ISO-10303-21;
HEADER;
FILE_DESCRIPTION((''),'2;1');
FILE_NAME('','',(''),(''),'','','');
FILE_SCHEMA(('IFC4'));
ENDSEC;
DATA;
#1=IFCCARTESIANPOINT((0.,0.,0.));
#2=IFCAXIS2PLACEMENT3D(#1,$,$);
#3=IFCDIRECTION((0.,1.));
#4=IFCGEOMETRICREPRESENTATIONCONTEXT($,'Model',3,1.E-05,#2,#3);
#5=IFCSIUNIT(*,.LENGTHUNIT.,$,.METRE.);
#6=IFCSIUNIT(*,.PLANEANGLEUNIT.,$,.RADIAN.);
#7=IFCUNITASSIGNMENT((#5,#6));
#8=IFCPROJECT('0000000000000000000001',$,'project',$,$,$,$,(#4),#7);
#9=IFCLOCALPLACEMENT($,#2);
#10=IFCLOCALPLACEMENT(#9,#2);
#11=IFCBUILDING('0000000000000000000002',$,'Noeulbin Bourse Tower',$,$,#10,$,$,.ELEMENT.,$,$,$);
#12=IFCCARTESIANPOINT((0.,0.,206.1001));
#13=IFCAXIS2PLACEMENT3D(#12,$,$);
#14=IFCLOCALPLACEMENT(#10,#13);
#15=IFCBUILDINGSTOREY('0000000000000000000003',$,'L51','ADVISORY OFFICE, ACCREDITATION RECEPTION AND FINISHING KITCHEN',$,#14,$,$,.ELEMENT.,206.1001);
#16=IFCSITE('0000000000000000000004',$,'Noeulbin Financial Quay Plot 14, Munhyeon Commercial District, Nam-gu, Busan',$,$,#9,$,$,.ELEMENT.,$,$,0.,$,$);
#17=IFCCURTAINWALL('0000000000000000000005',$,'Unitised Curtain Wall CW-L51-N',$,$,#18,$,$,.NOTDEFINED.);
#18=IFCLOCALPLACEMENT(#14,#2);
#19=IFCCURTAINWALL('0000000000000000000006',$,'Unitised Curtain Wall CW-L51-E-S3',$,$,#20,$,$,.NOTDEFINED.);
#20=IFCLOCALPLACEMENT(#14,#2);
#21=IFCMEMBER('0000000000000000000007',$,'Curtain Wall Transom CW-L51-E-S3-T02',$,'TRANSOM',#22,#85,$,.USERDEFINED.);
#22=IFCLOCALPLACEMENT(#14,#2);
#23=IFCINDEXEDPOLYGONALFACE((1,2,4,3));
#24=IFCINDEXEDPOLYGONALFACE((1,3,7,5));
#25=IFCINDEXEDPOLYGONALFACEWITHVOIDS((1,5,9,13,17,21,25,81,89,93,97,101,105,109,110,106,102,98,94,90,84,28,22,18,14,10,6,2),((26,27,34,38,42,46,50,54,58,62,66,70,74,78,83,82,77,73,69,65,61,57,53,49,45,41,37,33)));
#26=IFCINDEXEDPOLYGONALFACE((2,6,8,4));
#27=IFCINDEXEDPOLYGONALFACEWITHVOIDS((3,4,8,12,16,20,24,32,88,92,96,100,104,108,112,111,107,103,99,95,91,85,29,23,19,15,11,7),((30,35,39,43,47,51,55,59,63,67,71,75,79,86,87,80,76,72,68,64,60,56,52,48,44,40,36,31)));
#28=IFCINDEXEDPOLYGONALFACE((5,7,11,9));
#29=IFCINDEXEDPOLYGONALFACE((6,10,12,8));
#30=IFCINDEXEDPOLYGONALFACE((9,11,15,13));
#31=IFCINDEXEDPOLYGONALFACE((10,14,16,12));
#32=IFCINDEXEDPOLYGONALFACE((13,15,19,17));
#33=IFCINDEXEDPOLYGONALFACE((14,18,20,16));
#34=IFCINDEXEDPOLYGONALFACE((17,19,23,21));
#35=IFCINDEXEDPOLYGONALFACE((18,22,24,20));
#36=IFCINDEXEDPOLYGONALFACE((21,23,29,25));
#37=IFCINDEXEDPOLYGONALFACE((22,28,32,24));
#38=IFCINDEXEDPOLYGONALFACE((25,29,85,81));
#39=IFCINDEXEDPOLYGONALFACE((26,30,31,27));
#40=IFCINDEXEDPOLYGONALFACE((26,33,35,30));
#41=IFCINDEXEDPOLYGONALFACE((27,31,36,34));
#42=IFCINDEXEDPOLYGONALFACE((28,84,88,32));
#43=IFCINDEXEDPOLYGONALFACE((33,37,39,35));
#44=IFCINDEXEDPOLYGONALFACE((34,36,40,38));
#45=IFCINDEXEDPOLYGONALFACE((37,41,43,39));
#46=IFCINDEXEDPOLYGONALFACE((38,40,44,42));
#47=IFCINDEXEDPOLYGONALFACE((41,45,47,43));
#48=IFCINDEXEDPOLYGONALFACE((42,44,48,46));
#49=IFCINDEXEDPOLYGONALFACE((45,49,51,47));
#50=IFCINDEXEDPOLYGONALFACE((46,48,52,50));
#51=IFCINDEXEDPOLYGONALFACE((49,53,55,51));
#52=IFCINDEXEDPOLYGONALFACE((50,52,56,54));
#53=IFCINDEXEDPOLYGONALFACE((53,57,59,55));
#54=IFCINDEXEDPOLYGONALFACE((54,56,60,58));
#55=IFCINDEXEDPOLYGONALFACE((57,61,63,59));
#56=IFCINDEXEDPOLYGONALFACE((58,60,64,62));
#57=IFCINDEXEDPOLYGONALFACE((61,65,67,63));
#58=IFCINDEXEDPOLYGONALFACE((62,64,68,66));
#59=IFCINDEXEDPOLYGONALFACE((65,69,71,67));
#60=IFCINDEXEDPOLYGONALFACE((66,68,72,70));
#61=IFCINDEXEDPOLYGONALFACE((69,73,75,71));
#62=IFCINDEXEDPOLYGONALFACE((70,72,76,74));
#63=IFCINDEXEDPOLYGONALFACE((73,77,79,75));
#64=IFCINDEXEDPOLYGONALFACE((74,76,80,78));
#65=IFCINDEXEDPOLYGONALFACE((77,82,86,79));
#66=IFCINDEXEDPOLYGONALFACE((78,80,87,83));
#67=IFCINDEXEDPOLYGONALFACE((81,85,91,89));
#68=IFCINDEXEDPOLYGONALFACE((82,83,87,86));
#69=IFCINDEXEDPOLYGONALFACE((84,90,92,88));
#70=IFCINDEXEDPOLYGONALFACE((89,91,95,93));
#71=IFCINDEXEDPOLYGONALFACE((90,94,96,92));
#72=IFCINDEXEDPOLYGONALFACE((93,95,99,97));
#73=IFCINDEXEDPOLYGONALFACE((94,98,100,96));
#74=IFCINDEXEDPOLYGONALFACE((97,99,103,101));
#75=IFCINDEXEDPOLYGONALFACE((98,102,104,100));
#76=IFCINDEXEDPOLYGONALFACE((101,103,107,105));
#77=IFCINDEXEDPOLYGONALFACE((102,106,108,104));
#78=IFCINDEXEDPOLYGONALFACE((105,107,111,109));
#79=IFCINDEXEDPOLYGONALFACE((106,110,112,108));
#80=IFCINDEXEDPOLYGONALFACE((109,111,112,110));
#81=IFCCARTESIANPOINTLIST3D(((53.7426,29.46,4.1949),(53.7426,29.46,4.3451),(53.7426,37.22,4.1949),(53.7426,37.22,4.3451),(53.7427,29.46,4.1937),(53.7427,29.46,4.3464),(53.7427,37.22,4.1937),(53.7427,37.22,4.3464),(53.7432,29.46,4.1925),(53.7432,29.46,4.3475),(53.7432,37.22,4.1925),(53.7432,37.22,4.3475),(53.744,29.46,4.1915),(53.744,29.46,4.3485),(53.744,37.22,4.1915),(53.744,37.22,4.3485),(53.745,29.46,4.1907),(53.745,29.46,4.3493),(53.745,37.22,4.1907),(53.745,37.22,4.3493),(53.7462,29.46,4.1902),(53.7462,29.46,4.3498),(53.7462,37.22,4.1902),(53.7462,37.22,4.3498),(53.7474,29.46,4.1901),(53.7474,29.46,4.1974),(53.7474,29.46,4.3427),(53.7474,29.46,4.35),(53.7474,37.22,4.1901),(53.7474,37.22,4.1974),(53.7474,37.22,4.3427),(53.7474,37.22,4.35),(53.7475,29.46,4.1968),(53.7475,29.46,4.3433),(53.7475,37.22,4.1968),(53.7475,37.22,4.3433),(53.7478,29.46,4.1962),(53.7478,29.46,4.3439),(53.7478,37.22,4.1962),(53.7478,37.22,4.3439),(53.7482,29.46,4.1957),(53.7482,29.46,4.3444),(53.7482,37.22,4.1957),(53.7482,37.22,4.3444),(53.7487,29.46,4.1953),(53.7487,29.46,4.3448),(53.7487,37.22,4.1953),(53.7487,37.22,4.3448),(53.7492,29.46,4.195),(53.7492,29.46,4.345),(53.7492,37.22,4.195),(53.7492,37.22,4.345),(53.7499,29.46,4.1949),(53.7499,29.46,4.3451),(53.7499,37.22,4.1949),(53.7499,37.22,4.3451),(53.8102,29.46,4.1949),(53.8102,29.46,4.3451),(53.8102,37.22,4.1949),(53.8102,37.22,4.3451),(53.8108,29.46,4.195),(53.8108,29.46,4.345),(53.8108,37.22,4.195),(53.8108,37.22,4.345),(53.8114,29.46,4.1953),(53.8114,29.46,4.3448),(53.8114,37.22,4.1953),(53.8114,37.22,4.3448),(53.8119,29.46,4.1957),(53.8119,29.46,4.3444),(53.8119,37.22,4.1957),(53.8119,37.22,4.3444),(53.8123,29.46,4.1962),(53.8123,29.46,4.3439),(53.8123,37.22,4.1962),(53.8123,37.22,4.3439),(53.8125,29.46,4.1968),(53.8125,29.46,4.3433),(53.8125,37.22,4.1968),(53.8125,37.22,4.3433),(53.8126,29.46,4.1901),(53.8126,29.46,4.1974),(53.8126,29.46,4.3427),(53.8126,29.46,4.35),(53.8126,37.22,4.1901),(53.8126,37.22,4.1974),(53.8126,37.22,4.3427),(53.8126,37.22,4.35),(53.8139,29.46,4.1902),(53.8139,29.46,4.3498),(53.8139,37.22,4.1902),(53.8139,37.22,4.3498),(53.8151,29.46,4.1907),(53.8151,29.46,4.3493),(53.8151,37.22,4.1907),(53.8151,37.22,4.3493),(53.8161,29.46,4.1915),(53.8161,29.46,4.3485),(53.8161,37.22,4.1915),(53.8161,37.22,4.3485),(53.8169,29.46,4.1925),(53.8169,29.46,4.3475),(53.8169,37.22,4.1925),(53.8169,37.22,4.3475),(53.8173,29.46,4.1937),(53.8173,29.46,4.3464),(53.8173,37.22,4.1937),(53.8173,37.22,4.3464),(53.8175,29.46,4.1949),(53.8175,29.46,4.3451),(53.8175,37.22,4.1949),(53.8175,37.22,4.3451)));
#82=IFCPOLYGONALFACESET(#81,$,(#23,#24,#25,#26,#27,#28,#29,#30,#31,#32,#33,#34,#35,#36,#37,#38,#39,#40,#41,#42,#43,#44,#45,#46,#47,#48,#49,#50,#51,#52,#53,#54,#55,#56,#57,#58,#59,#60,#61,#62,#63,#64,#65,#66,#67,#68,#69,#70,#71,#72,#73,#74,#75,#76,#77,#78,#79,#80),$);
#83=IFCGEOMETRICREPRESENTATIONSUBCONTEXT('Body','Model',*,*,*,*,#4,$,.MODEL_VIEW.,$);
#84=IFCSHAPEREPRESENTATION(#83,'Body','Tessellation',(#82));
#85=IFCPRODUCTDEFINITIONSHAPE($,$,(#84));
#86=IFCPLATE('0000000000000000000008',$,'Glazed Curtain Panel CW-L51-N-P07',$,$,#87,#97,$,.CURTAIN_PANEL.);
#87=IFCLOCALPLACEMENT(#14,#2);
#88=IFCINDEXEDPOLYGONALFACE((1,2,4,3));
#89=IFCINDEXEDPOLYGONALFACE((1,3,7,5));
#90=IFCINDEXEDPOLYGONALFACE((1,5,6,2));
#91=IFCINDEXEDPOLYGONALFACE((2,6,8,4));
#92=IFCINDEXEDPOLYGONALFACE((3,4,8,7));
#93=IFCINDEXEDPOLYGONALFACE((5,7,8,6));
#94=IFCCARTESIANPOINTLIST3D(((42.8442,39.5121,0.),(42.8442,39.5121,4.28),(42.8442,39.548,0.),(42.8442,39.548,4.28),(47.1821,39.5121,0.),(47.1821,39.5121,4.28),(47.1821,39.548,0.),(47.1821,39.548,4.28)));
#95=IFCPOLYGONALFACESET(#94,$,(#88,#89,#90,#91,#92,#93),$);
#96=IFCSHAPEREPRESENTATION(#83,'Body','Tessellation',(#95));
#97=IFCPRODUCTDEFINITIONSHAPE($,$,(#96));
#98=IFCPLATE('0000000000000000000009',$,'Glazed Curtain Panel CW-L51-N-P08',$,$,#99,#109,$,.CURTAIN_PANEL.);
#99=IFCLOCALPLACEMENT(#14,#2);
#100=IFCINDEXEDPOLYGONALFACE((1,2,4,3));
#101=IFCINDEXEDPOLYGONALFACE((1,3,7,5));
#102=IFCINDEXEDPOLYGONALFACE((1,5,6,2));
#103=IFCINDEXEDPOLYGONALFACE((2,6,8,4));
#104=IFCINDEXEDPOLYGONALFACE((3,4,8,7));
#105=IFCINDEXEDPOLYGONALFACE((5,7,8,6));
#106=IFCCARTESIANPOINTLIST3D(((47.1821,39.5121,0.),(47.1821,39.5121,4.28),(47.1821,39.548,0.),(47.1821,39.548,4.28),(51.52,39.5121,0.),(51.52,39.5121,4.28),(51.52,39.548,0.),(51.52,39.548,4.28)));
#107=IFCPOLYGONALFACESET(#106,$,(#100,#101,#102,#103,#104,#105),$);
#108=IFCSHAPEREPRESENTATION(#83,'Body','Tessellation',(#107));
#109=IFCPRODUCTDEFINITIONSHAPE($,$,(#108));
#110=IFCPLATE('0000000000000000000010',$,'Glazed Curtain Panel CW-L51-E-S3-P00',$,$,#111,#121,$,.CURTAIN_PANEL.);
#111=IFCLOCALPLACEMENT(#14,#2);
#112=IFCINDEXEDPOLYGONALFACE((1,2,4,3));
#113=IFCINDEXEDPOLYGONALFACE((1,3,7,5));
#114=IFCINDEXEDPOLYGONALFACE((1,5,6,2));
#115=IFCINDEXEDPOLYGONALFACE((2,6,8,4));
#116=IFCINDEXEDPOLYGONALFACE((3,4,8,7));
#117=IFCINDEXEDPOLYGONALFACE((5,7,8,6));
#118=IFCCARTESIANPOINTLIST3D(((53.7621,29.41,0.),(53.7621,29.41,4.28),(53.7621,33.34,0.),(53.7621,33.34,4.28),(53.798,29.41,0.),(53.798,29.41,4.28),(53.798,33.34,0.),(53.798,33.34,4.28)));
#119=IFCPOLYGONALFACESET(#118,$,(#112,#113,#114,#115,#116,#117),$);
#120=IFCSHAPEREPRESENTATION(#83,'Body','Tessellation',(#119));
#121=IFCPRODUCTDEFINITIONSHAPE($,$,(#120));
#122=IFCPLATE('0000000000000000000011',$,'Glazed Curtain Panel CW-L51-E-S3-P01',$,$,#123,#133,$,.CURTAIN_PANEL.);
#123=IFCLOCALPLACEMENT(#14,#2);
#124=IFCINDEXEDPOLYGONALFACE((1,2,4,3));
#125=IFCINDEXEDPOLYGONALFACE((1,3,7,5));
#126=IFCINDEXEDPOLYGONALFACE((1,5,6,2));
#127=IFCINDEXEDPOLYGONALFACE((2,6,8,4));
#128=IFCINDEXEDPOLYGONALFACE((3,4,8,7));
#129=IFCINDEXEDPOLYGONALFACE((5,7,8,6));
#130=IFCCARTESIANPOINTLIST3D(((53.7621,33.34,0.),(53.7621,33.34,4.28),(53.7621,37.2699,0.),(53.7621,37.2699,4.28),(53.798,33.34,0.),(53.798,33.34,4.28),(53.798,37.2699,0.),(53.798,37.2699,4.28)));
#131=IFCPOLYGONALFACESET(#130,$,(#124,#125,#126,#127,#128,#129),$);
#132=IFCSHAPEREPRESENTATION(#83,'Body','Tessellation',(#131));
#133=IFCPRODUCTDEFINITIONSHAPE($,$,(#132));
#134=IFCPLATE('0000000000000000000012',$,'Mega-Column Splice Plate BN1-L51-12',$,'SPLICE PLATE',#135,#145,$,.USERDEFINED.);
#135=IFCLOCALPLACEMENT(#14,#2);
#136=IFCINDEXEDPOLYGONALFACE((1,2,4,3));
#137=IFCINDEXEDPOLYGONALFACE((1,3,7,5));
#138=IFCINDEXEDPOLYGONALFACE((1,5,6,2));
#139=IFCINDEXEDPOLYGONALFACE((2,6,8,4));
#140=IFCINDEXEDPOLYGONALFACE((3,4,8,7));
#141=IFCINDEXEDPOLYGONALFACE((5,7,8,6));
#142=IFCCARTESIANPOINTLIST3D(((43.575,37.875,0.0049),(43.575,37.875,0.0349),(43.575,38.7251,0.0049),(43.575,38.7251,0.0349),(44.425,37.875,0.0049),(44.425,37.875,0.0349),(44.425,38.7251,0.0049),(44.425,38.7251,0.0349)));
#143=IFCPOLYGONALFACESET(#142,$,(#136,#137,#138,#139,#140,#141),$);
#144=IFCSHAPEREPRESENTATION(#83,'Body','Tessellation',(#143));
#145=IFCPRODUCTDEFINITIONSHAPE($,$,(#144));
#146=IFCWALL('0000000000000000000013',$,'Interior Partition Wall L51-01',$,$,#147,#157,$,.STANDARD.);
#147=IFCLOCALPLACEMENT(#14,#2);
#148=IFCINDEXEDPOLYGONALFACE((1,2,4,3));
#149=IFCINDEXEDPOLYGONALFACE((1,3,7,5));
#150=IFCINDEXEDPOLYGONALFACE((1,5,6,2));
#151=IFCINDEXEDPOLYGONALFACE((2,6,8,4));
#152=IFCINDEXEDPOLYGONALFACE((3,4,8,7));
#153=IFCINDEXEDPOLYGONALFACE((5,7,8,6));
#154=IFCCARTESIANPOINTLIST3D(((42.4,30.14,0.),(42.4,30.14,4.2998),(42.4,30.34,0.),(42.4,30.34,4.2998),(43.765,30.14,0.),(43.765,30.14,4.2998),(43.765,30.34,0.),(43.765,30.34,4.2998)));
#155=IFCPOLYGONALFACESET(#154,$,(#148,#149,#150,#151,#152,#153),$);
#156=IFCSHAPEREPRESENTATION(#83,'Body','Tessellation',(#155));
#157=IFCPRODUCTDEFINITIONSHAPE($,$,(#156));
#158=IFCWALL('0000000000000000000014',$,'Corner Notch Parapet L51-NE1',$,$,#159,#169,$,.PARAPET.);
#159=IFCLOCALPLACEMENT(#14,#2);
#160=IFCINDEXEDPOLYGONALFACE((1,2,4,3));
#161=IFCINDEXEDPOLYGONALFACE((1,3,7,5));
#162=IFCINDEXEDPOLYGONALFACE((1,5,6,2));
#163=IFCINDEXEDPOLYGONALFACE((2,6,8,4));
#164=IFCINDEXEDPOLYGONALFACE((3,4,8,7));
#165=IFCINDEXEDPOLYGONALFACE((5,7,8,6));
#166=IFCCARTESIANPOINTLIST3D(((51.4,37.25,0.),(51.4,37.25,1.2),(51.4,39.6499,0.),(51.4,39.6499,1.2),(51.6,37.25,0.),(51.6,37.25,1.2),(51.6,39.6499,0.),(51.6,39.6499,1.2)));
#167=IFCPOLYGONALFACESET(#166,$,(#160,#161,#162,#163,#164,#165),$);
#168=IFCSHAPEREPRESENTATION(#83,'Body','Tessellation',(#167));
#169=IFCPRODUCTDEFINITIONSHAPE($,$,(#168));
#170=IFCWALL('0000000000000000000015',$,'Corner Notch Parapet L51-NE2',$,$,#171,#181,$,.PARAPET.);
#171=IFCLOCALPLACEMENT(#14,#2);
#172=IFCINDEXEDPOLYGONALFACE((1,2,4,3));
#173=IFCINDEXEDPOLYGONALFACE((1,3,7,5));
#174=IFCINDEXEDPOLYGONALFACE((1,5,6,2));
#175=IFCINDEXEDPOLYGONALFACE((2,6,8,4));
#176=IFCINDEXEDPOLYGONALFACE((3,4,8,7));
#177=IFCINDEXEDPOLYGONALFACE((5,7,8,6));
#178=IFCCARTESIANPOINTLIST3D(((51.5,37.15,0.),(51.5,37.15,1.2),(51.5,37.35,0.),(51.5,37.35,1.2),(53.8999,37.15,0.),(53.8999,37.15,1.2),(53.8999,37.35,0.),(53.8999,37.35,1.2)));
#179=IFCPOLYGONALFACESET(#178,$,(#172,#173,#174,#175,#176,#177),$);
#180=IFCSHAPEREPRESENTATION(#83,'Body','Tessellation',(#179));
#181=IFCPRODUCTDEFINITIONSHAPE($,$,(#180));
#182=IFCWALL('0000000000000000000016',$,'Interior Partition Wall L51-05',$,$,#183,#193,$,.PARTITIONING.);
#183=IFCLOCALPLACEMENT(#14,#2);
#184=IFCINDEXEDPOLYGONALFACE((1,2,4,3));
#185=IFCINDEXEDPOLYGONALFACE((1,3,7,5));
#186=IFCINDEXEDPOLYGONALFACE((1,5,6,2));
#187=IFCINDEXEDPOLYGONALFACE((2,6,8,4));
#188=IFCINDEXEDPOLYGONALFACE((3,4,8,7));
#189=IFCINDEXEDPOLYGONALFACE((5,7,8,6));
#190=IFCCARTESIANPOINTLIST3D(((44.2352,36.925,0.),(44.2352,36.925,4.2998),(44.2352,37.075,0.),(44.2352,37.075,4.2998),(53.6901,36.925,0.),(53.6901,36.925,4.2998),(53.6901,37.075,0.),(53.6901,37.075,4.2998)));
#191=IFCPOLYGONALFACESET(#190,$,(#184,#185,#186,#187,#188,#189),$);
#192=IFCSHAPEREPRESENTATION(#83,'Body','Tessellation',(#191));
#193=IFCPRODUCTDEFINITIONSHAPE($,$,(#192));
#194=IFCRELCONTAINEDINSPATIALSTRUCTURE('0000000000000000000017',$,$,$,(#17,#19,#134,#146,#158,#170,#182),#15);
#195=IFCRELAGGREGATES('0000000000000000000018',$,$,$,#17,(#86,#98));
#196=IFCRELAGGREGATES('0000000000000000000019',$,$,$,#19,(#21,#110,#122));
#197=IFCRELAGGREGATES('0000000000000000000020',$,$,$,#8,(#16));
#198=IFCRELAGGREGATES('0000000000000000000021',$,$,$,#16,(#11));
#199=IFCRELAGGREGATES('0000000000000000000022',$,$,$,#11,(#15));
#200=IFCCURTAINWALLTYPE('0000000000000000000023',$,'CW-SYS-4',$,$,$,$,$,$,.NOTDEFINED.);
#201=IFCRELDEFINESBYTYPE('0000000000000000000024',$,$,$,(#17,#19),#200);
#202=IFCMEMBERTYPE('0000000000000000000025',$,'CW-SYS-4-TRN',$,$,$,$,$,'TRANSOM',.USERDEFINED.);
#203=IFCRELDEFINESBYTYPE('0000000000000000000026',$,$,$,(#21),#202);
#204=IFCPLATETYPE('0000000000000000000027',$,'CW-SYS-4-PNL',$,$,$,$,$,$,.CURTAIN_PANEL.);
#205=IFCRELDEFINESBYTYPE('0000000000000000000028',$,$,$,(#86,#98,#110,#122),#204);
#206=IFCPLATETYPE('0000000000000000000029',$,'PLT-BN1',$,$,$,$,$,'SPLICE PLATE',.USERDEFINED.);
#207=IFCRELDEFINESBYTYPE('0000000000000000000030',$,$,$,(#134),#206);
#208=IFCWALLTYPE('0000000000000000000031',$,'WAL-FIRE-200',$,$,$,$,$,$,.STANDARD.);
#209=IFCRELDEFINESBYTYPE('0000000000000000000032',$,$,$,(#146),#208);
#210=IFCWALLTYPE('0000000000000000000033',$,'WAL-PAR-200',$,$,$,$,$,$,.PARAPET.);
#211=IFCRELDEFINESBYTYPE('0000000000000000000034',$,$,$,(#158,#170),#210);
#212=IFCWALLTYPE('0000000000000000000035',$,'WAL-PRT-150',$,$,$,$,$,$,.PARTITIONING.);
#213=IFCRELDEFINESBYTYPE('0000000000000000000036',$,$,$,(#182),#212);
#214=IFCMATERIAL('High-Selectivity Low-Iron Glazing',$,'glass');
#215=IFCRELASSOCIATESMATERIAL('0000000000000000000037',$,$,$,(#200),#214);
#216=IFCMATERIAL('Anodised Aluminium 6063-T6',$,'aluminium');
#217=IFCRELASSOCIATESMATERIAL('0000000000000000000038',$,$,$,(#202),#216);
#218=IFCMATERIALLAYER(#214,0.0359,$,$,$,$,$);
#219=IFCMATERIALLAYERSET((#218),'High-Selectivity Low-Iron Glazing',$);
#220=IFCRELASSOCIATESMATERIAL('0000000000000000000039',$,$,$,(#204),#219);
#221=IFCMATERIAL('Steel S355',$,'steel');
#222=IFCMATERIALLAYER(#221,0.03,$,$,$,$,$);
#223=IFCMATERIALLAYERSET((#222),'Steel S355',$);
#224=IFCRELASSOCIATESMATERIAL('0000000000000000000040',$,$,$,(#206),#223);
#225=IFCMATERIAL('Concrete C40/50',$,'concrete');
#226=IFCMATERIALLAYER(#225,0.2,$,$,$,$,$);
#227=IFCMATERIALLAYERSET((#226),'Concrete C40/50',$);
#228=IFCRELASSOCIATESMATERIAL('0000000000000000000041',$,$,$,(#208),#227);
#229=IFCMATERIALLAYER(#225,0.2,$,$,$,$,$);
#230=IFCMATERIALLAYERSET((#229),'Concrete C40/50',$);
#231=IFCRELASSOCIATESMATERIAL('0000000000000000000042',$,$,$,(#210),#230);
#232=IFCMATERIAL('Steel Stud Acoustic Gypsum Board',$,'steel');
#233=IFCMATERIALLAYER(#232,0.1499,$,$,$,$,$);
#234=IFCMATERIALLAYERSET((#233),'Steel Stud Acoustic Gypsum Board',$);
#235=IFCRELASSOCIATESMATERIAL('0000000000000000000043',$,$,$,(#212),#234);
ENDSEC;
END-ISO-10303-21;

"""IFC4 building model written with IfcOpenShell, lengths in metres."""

from ifc_helpers import new_model, si_unit, direction, frame, frame_2d, origin, origin_2d, place, context, subcontext, project, spatial, rectangle, hollow_rectangle, extrude, material, layer, layer_set, material_profile, profile_set, type_object, element, aggregate, save


model = new_model("IFC4")

# Units and contexts
model_context = context("Model", 3, precision=1e-05, world=origin(), true_north=direction((0.0, 1.0)))
body_context = subcontext(model_context, "Body", "Model", "MODEL_VIEW")
ifc_project = project(units=[si_unit("LENGTHUNIT", "METRE"), si_unit("PLANEANGLEUNIT", "RADIAN")], contexts=[model_context])

# Site, building, storey
site_placement = place(None, origin())
site = spatial("IfcSite", under=ifc_project, at=site_placement, Name="Noeulbin Financial Quay Plot 14, Munhyeon Commercial District, Nam-gu, Busan", CompositionType="ELEMENT", RefElevation=0.0)
building_placement = place(site_placement, origin())
building = spatial("IfcBuilding", under=site, at=building_placement, Name="Noeulbin Bourse Tower", CompositionType="ELEMENT")
storey_placement = place(building_placement, frame((0.0, 0.0, 206.1001)))
storey = spatial("IfcBuildingStorey", under=building, at=storey_placement, Name="L51", Description="ADVISORY OFFICE, ACCREDITATION RECEPTION AND FINISHING KITCHEN", CompositionType="ELEMENT", Elevation=206.1001)

# Shared definitions
ifc_material_1 = material(Name="Steel S355", Category="steel")

# Curtain walls, member
ifc_material_2 = material(Name="High-Selectivity Low-Iron Glazing", Category="glass")
curtain_wall_type = type_object("IfcCurtainWallType", Name="CW-SYS-4", PredefinedType="NOTDEFINED", material=ifc_material_2)
curtain_wall_1_placement = place(storey_placement, origin())
curtain_wall_1 = element("IfcCurtainWall", 1, at=curtain_wall_1_placement, inside=storey, type_object=curtain_wall_type, Name="Unitised Curtain Wall CW-L51-N", PredefinedType="NOTDEFINED")
ifc_material_3 = material(Name="Anodised Aluminium 6063-T6", Category="aluminium")
curtain_wall_2_placement = place(storey_placement, origin())
curtain_wall_2 = element("IfcCurtainWall", 2, at=curtain_wall_2_placement, inside=storey, type_object=curtain_wall_type, Name="Unitised Curtain Wall CW-L51-E-S3", PredefinedType="NOTDEFINED")
ifc_material_profile_1 = material_profile(ifc_material_3, hollow_rectangle(XDim=0.075, YDim=0.1599, WallThickness=0.0049, InnerFilletRadius=0.0024, OuterFilletRadius=0.0049, at=origin_2d()), Name="ALU-TRAN-75x160x5", Category="LoadBearing")
ifc_profile_set_1 = profile_set([ifc_material_profile_1], Name="Anodised Aluminium 6063-T6")
member_type_1 = type_object("IfcMemberType", Name="CW-SYS-4-TRN", ElementType="TRANSOM", PredefinedType="USERDEFINED", material=ifc_profile_set_1)
member_1_placement = place(storey_placement, frame((53.78, 29.46, 4.27), z_axis=(0.0, 1.0, 0.0), x_axis=(-1.0, 0.0, 0.0)))
member_1 = element("IfcMember", 3, at=member_1_placement, type_object=member_type_1, Name="Curtain Wall Transom CW-L51-E-S3-T02", ObjectType="TRANSOM", PredefinedType="USERDEFINED", context=body_context, shape_type="SweptSolid", body=[
    extrude(hollow_rectangle(XDim=0.075, YDim=0.1599, WallThickness=0.0049, InnerFilletRadius=0.0024, OuterFilletRadius=0.0049, at=origin_2d()), origin(), (0.0, 0.0, 1.0), 7.76),
])

# Plates
ifc_layer_1 = layer(ifc_material_2, 0.0359)
ifc_layer_set_1 = layer_set([ifc_layer_1], Name="High-Selectivity Low-Iron Glazing")
plate_type_1 = type_object("IfcPlateType", Name="CW-SYS-4-PNL", PredefinedType="CURTAIN_PANEL", material=ifc_layer_set_1)
plate_1_placement = place(storey_placement, frame((45.0132, 39.53, 0.0), z_axis=(0.0, 0.0, 1.0), x_axis=(1.0, 0.0, 0.0)))
plate_1 = element("IfcPlate", 4, at=plate_1_placement, type_object=plate_type_1, Name="Glazed Curtain Panel CW-L51-N-P07", PredefinedType="CURTAIN_PANEL", context=body_context, shape_type="SweptSolid", body=[
    extrude(rectangle(XDim=4.3379, YDim=0.0359, at=origin_2d()), origin(), (0.0, 0.0, 1.0), 4.28),
])
plate_2_placement = place(storey_placement, frame((49.3511, 39.53, 0.0), z_axis=(0.0, 0.0, 1.0), x_axis=(1.0, 0.0, 0.0)))
plate_2 = element("IfcPlate", 5, at=plate_2_placement, type_object=plate_type_1, Name="Glazed Curtain Panel CW-L51-N-P08", PredefinedType="CURTAIN_PANEL", context=body_context, shape_type="SweptSolid", body=[
    extrude(rectangle(XDim=4.3379, YDim=0.0359, at=origin_2d()), origin(), (0.0, 0.0, 1.0), 4.28),
])
aggregate(curtain_wall_1, [plate_1, plate_2])
plate_3_placement = place(storey_placement, frame((53.78, 31.375, 0.0), z_axis=(0.0, 0.0, 1.0), x_axis=(0.0, 1.0, 0.0)))
plate_3 = element("IfcPlate", 6, at=plate_3_placement, type_object=plate_type_1, Name="Glazed Curtain Panel CW-L51-E-S3-P00", PredefinedType="CURTAIN_PANEL", context=body_context, shape_type="SweptSolid", body=[
    extrude(rectangle(XDim=3.9299, YDim=0.0359, at=origin_2d()), origin(), (0.0, 0.0, 1.0), 4.28),
])
plate_4_placement = place(storey_placement, frame((53.78, 35.3049, 0.0), z_axis=(0.0, 0.0, 1.0), x_axis=(0.0, 1.0, 0.0)))
plate_4 = element("IfcPlate", 7, at=plate_4_placement, type_object=plate_type_1, Name="Glazed Curtain Panel CW-L51-E-S3-P01", PredefinedType="CURTAIN_PANEL", context=body_context, shape_type="SweptSolid", body=[
    extrude(rectangle(XDim=3.9299, YDim=0.0359, at=origin_2d()), origin(), (0.0, 0.0, 1.0), 4.28),
])
aggregate(curtain_wall_2, [member_1, plate_3, plate_4])
ifc_layer_2 = layer(ifc_material_1, 0.03)
ifc_layer_set_2 = layer_set([ifc_layer_2], Name="Steel S355")
plate_type_2 = type_object("IfcPlateType", Name="PLT-BN1", ElementType="SPLICE PLATE", PredefinedType="USERDEFINED", material=ifc_layer_set_2)
plate_5_placement = place(storey_placement, frame((44.0, 38.3, 0.0049), z_axis=(0.0, 0.0, 1.0), x_axis=(1.0, 0.0, 0.0)))
element("IfcPlate", 8, at=plate_5_placement, inside=storey, type_object=plate_type_2, Name="Mega-Column Splice Plate BN1-L51-12", ObjectType="SPLICE PLATE", PredefinedType="USERDEFINED", context=body_context, shape_type="SweptSolid", body=[
    extrude(rectangle(XDim=0.8501, YDim=0.8501, at=origin_2d()), origin(), (0.0, 0.0, 1.0), 0.03),
])

# Walls
ifc_material_4 = material(Name="Concrete C40/50", Category="concrete")
ifc_layer_3 = layer(ifc_material_4, 0.2)
ifc_layer_set_3 = layer_set([ifc_layer_3], Name="Concrete C40/50")
wall_type_1 = type_object("IfcWallType", Name="WAL-FIRE-200", PredefinedType="STANDARD", material=ifc_layer_set_3)
wall_1_placement = place(storey_placement, frame((42.3999, 30.24, 0.0), z_axis=(0.0, 0.0, 1.0), x_axis=(1.0, 0.0, 0.0)))
element("IfcWall", 9, at=wall_1_placement, inside=storey, type_object=wall_type_1, Name="Interior Partition Wall L51-01", PredefinedType="STANDARD", context=body_context, shape_type="SweptSolid", body=[
    extrude(rectangle(XDim=1.365, YDim=0.2, at=frame_2d((0.6826, 0.0))), origin(), (0.0, 0.0, 1.0), 4.2998),
])
ifc_layer_4 = layer(ifc_material_4, 0.2)
ifc_layer_set_4 = layer_set([ifc_layer_4], Name="Concrete C40/50")
wall_type_2 = type_object("IfcWallType", Name="WAL-PAR-200", PredefinedType="PARAPET", material=ifc_layer_set_4)
for number, where, z_axis, x_axis, name in (
    (10, (51.5, 39.6499, 0.0), (0.0, 0.0, 1.0), (0.0, -1.0, 0.0), "Corner Notch Parapet L51-NE1"),
    (11, (51.5, 37.25, 0.0), (0.0, 0.0, 1.0), (1.0, 0.0, 0.0), "Corner Notch Parapet L51-NE2"),
):
    element("IfcWall", number, at=place(storey_placement, frame(where, z_axis=z_axis, x_axis=x_axis)), inside=storey, type_object=wall_type_2, Name=name, PredefinedType="PARAPET", context=body_context, shape_type="SweptSolid", body=[
        extrude(rectangle(XDim=2.3999, YDim=0.2, at=frame_2d((1.2, 0.0))), origin(), (0.0, 0.0, 1.0), 1.2),
    ])
ifc_material_5 = material(Name="Steel Stud Acoustic Gypsum Board", Category="steel")
ifc_layer_5 = layer(ifc_material_5, 0.1499)
ifc_layer_set_5 = layer_set([ifc_layer_5], Name="Steel Stud Acoustic Gypsum Board")
wall_type_3 = type_object("IfcWallType", Name="WAL-PRT-150", PredefinedType="PARTITIONING", material=ifc_layer_set_5)
wall_2_placement = place(storey_placement, frame((44.2351, 37.0, 0.0), z_axis=(0.0, 0.0, 1.0), x_axis=(1.0, 0.0, 0.0)))
element("IfcWall", 12, at=wall_2_placement, inside=storey, type_object=wall_type_3, Name="Interior Partition Wall L51-05", PredefinedType="PARTITIONING", context=body_context, shape_type="SweptSolid", body=[
    extrude(rectangle(XDim=9.4548, YDim=0.1499, at=frame_2d((4.7275, 0.0))), origin(), (0.0, 0.0, 1.0), 4.2998),
])

save(model, "model.ifc")
